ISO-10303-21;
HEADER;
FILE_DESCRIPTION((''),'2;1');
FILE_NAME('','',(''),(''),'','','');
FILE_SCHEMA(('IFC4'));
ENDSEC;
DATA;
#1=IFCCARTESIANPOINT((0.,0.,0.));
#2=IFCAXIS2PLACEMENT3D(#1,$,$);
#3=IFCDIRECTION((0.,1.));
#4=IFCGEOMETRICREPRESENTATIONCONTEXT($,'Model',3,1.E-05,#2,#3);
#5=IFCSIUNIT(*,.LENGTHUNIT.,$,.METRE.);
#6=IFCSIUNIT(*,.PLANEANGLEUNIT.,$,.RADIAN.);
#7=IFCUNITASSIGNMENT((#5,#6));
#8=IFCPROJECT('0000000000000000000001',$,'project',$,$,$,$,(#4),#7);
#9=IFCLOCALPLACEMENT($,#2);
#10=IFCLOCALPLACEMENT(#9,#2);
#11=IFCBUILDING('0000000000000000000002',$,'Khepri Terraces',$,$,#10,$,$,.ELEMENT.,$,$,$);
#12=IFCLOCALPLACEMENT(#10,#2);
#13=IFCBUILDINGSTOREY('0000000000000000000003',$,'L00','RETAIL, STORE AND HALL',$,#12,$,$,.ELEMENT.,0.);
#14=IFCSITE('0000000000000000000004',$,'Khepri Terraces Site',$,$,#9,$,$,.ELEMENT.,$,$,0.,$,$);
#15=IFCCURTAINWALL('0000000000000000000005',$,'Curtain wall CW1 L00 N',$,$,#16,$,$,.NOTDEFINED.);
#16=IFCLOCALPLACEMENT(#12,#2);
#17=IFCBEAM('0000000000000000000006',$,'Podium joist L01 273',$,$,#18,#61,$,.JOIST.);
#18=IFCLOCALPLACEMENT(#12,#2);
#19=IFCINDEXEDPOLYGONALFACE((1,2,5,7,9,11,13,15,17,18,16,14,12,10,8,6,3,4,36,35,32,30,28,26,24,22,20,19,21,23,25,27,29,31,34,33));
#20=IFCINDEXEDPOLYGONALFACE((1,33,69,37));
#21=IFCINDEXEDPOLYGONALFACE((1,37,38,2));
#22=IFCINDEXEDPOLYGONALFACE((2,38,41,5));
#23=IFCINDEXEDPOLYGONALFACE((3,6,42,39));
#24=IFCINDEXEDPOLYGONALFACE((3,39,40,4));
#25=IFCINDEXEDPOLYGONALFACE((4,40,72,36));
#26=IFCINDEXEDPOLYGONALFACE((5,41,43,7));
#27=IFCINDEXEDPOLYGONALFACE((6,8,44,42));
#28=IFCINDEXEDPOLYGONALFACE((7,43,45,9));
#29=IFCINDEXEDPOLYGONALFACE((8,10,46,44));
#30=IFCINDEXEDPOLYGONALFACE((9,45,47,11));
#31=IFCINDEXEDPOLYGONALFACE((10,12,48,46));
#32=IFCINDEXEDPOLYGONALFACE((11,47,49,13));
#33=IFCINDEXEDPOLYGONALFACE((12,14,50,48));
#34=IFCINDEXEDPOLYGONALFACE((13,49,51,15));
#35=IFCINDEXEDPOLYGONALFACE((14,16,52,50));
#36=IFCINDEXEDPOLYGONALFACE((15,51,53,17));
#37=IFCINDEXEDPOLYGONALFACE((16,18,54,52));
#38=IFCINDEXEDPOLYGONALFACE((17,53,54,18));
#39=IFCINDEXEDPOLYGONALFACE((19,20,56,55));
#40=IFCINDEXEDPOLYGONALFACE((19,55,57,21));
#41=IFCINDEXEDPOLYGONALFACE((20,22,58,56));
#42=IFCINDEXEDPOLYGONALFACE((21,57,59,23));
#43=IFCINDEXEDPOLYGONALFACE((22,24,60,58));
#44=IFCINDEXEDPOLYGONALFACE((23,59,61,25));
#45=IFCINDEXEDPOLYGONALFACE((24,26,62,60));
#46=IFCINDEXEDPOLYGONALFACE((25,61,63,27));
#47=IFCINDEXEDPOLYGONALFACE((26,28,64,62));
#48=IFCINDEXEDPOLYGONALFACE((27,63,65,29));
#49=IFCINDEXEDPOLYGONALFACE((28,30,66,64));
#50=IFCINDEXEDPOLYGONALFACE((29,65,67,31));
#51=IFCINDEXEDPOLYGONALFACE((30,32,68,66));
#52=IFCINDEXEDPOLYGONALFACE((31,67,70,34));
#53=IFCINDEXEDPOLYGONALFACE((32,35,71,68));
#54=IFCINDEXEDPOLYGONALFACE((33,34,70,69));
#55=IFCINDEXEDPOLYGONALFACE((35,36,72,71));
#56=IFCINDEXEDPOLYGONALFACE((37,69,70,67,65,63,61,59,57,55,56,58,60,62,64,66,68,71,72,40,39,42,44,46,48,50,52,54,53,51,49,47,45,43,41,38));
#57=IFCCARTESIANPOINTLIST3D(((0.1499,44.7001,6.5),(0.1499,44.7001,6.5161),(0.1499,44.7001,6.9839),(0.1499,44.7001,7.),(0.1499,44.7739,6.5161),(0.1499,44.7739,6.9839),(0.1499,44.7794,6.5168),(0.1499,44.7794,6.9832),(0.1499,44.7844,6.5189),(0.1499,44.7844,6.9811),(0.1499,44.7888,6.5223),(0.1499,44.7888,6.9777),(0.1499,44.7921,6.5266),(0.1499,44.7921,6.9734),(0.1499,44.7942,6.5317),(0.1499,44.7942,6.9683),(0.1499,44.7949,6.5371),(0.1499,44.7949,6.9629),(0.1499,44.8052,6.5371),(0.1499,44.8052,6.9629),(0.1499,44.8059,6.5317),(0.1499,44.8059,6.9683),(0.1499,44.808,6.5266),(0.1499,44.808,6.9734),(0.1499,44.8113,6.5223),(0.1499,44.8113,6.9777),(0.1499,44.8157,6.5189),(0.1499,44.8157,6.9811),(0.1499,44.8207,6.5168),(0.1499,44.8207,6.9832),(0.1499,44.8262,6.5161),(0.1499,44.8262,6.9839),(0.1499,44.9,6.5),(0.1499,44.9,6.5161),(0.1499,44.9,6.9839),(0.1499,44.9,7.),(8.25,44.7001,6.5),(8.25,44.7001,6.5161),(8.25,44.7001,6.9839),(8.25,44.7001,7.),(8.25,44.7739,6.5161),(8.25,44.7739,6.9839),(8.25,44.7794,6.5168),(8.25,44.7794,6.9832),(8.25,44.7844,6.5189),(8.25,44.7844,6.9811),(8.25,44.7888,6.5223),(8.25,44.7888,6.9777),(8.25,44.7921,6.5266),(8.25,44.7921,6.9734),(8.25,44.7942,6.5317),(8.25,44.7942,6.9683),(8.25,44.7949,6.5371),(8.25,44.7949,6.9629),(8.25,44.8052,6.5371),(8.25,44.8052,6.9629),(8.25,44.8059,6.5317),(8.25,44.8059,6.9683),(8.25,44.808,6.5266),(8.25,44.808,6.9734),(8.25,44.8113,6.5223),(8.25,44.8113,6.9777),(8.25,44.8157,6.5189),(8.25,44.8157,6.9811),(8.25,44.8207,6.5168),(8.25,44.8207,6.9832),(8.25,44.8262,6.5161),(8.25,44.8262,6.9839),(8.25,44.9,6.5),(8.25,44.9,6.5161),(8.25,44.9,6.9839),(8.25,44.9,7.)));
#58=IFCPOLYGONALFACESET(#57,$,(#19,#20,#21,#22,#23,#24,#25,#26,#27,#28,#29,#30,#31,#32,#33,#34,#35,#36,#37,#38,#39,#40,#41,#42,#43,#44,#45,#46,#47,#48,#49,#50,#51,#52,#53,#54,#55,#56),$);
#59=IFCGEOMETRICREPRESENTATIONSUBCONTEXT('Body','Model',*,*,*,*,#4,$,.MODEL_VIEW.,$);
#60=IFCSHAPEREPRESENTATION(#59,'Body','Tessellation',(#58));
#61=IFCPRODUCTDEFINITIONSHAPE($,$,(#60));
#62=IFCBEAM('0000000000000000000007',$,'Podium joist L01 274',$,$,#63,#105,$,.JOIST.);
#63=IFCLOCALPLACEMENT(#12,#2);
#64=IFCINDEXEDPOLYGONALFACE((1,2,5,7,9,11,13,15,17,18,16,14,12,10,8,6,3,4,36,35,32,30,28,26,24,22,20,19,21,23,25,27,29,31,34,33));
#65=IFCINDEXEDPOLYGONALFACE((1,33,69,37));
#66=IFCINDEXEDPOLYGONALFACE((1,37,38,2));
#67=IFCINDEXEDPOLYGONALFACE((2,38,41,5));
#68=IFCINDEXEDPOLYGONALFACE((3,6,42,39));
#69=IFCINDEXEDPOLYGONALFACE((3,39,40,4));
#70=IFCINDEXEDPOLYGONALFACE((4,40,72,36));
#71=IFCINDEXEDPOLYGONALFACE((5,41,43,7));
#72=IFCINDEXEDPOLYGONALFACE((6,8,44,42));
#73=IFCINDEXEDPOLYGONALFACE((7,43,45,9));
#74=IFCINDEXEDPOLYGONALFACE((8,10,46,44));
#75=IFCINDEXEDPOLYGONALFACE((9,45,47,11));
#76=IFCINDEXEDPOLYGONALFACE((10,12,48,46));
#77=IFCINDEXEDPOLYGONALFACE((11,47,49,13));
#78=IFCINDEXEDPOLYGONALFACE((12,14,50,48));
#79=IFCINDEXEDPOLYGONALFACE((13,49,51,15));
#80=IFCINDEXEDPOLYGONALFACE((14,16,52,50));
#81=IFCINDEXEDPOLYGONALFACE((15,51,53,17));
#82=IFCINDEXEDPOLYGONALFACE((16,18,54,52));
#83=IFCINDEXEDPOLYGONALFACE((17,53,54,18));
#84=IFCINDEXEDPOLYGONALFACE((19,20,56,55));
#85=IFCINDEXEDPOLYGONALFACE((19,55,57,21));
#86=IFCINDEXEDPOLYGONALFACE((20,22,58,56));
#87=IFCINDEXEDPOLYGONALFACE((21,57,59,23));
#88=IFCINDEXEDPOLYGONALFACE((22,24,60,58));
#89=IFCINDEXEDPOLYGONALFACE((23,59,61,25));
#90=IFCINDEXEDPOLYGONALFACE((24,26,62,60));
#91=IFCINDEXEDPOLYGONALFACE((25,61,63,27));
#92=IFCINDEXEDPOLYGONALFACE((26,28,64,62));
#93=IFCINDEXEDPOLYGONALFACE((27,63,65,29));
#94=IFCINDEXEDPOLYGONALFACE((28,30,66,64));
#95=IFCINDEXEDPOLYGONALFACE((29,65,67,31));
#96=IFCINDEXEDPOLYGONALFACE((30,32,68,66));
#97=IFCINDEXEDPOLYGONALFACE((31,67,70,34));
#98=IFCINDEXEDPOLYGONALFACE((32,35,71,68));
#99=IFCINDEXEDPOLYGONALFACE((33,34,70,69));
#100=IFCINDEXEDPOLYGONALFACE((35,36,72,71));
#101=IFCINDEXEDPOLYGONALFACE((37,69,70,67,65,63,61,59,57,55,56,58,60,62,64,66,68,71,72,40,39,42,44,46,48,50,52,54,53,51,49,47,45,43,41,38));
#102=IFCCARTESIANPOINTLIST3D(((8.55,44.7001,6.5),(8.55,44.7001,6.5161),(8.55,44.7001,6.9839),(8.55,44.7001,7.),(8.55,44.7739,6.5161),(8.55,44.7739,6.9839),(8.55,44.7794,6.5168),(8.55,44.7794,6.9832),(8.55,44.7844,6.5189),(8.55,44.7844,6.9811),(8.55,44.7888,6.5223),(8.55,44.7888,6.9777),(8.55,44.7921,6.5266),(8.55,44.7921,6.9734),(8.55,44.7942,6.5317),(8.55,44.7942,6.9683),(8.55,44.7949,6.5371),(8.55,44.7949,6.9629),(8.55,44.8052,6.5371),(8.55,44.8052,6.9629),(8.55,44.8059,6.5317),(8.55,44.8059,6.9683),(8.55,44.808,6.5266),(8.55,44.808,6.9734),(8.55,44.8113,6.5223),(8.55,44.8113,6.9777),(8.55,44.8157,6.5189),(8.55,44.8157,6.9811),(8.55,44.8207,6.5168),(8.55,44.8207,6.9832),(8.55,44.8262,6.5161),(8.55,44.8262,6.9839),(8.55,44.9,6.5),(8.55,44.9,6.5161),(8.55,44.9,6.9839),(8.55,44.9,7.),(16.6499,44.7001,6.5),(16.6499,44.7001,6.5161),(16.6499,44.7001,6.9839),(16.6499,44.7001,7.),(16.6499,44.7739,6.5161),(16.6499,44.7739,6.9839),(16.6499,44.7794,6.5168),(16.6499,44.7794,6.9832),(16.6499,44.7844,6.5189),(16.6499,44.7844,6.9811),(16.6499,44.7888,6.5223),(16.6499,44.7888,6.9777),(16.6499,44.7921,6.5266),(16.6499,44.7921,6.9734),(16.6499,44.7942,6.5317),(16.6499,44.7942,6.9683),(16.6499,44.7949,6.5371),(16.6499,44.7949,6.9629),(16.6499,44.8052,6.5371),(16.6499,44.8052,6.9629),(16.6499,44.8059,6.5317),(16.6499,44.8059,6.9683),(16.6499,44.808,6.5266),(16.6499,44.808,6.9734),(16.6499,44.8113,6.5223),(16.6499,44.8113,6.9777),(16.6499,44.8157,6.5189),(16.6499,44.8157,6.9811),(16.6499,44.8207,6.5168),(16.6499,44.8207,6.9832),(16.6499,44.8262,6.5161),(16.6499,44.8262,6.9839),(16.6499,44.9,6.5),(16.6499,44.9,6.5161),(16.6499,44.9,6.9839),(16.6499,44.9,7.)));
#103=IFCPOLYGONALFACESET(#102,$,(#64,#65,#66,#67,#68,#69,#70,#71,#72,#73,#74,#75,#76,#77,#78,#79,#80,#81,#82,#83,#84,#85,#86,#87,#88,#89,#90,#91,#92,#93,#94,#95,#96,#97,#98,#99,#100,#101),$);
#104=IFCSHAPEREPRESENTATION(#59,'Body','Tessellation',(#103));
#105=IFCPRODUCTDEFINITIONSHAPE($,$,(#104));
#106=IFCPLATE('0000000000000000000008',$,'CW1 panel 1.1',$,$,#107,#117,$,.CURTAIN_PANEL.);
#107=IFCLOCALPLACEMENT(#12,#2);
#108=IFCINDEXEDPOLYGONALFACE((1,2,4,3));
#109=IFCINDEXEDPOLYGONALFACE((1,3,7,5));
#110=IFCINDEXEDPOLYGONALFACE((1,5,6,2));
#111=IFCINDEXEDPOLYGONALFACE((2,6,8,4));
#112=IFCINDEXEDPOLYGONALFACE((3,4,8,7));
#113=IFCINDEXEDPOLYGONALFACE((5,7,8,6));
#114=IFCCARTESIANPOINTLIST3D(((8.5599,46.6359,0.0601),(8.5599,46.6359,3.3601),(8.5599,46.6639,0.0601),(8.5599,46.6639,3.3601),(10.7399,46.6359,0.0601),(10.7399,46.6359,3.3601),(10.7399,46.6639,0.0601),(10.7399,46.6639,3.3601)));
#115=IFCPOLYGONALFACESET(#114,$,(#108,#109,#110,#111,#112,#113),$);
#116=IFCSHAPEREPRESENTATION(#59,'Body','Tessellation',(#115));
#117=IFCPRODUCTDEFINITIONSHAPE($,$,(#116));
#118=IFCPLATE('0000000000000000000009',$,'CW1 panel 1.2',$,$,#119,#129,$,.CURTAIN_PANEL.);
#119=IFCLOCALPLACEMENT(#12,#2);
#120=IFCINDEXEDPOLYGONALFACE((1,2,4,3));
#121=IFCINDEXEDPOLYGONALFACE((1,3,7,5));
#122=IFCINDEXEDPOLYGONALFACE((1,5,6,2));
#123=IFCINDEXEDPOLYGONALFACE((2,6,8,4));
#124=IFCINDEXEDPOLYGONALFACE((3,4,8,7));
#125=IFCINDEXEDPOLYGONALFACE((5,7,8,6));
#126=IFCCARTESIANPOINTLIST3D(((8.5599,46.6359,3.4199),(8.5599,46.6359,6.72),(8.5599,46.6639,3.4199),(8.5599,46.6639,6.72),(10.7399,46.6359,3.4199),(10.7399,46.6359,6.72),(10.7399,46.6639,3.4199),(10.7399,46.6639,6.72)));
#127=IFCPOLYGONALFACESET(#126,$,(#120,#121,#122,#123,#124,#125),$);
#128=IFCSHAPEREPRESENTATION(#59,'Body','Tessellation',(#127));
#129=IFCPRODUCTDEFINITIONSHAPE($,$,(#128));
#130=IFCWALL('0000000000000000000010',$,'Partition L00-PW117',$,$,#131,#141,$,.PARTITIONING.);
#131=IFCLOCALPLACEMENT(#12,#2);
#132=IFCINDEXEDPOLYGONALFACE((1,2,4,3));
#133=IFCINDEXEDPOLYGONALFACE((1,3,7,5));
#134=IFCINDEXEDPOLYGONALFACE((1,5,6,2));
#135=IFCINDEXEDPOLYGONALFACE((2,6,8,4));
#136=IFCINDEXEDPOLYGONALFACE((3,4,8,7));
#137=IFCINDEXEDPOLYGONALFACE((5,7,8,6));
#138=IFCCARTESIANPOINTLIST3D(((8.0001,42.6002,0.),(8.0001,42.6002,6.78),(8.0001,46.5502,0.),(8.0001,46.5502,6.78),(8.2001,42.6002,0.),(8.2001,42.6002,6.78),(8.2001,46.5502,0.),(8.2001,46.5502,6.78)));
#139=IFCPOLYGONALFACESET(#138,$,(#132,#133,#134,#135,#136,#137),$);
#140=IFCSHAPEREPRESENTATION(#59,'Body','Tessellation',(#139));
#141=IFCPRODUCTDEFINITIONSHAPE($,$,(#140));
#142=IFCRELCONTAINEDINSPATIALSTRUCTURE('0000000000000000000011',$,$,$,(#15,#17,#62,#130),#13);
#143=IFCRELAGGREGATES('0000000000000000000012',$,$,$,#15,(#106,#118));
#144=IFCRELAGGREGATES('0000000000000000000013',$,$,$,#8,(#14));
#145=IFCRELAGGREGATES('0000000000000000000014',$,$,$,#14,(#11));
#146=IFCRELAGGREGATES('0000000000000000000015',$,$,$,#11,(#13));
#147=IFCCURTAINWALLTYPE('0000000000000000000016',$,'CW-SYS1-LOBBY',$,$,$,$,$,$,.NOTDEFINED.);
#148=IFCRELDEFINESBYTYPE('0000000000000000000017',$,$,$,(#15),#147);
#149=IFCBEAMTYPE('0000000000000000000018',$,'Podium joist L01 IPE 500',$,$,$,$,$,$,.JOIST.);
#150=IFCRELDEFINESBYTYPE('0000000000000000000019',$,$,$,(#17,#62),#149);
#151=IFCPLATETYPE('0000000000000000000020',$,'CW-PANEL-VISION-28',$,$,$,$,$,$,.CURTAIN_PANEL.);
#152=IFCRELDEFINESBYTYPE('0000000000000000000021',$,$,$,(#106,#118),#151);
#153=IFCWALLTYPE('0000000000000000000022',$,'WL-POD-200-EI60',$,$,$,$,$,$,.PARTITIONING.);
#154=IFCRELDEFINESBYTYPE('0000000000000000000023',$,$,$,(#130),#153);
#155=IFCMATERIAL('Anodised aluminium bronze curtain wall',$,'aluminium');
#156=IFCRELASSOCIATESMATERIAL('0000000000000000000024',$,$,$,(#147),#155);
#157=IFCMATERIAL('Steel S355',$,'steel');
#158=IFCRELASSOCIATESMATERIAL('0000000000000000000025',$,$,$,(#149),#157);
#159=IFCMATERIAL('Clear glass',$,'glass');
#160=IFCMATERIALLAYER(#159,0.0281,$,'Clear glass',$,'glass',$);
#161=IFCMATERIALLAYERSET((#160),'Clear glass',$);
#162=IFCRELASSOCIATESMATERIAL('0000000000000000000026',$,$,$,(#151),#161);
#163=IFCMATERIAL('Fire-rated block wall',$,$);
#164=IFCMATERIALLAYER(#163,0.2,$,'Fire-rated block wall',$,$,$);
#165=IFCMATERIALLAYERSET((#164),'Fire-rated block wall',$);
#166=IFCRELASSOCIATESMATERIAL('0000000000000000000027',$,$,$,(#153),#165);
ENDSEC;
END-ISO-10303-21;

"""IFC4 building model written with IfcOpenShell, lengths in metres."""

from ifc_helpers import new_model, si_unit, direction, frame, frame_2d, origin, origin_2d, place, context, subcontext, project, spatial, rectangle, i_section, extrude, material, layer, layer_set, material_profile, profile_set, type_object, element, aggregate, save


model = new_model("IFC4")

# Units and contexts
model_context = context("Model", 3, precision=1e-05, world=origin(), true_north=direction((0.0, 1.0)))
body_context = subcontext(model_context, "Body", "Model", "MODEL_VIEW")
ifc_project = project(units=[si_unit("LENGTHUNIT", "METRE"), si_unit("PLANEANGLEUNIT", "RADIAN")], contexts=[model_context])

# Site, building, storey
site_placement = place(None, origin())
site = spatial("IfcSite", under=ifc_project, at=site_placement, Name="Khepri Terraces Site", CompositionType="ELEMENT", RefElevation=0.0)
building_placement = place(site_placement, origin())
building = spatial("IfcBuilding", under=site, at=building_placement, Name="Khepri Terraces", CompositionType="ELEMENT")
storey_placement = place(building_placement, origin())
storey = spatial("IfcBuildingStorey", under=building, at=storey_placement, Name="L00", Description="RETAIL, STORE AND HALL", CompositionType="ELEMENT", Elevation=0.0)

# Shared definitions
ifc_material_1 = material(Name="Anodised aluminium bronze curtain wall", Category="aluminium")
curtain_wall_type = type_object("IfcCurtainWallType", Name="CW-SYS1-LOBBY", PredefinedType="NOTDEFINED", material=ifc_material_1)

# Curtain wall
curtain_wall_1_placement = place(storey_placement, origin())
curtain_wall_1 = element("IfcCurtainWall", 1, at=curtain_wall_1_placement, inside=storey, type_object=curtain_wall_type, Name="Curtain wall CW1 L00 N", PredefinedType="NOTDEFINED")

# Beams
ifc_material_2 = material(Name="Steel S355", Category="steel")
ifc_material_profile_1 = material_profile(ifc_material_2, i_section(OverallWidth=0.2, OverallDepth=0.5, WebThickness=0.0103, FlangeThickness=0.0161, FilletRadius=0.021, at=origin_2d()), Name="Steel S355", Category="steel")
ifc_profile_set_1 = profile_set([ifc_material_profile_1], Name="Steel S355")
beam_type_1 = type_object("IfcBeamType", Name="Podium joist L01 IPE 500", PredefinedType="JOIST", material=ifc_profile_set_1)
beam_1_placement = place(storey_placement, frame((0.1499, 44.8, 6.75), z_axis=(1.0, 0.0, 0.0), x_axis=(0.0, 1.0, 0.0)))
element("IfcBeam", 2, at=beam_1_placement, inside=storey, type_object=beam_type_1, Name="Podium joist L01 273", PredefinedType="JOIST", context=body_context, shape_type="SweptSolid", body=[
    extrude(i_section(OverallWidth=0.2, OverallDepth=0.5, WebThickness=0.0103, FlangeThickness=0.0161, FilletRadius=0.021, at=origin_2d()), origin(), (0.0, 0.0, 1.0), 8.1001),
])
beam_2_placement = place(storey_placement, frame((8.55, 44.8, 6.75), z_axis=(1.0, 0.0, 0.0), x_axis=(0.0, 1.0, 0.0)))
element("IfcBeam", 3, at=beam_2_placement, inside=storey, type_object=beam_type_1, Name="Podium joist L01 274", PredefinedType="JOIST", context=body_context, shape_type="SweptSolid", body=[
    extrude(i_section(OverallWidth=0.2, OverallDepth=0.5, WebThickness=0.0103, FlangeThickness=0.0161, FilletRadius=0.021, at=origin_2d()), origin(), (0.0, 0.0, 1.0), 8.0999),
])

# Plates
ifc_material_3 = material(Name="Clear glass", Category="glass")
ifc_layer_1 = layer(ifc_material_3, 0.0281, Name="Clear glass", Category="glass")
ifc_layer_set_1 = layer_set([ifc_layer_1], Name="Clear glass")
plate_type = type_object("IfcPlateType", Name="CW-PANEL-VISION-28", PredefinedType="CURTAIN_PANEL", material=ifc_layer_set_1)
plate_1_placement = place(storey_placement, frame((9.6499, 46.6499, 0.0601), z_axis=(0.0, 0.0, 1.0), x_axis=(-1.0, 0.0, 0.0)))
plate_1 = element("IfcPlate", 4, at=plate_1_placement, type_object=plate_type, Name="CW1 panel 1.1", PredefinedType="CURTAIN_PANEL", context=body_context, shape_type="SweptSolid", body=[
    extrude(rectangle(XDim=2.1799, YDim=0.0281, at=origin_2d()), origin(), (0.0, 0.0, 1.0), 3.3),
])
plate_2_placement = place(storey_placement, frame((9.6499, 46.6499, 3.4199), z_axis=(0.0, 0.0, 1.0), x_axis=(-1.0, 0.0, 0.0)))
plate_2 = element("IfcPlate", 5, at=plate_2_placement, type_object=plate_type, Name="CW1 panel 1.2", PredefinedType="CURTAIN_PANEL", context=body_context, shape_type="SweptSolid", body=[
    extrude(rectangle(XDim=2.1799, YDim=0.0281, at=origin_2d()), origin(), (0.0, 0.0, 1.0), 3.3),
])
aggregate(curtain_wall_1, [plate_1, plate_2])

# Wall
ifc_material_4 = material(Name="Fire-rated block wall")
ifc_layer_2 = layer(ifc_material_4, 0.2, Name="Fire-rated block wall")
ifc_layer_set_2 = layer_set([ifc_layer_2], Name="Fire-rated block wall")
wall_type_1 = type_object("IfcWallType", Name="WL-POD-200-EI60", PredefinedType="PARTITIONING", material=ifc_layer_set_2)
wall_1_placement = place(storey_placement, frame((8.1001, 42.6001, 0.0), z_axis=(0.0, 0.0, 1.0), x_axis=(0.0, 1.0, 0.0)))
element("IfcWall", 6, at=wall_1_placement, inside=storey, type_object=wall_type_1, Name="Partition L00-PW117", PredefinedType="PARTITIONING", context=body_context, shape_type="SweptSolid", body=[
    extrude(rectangle(XDim=3.95, YDim=0.2, at=frame_2d((1.9751, 0.0))), origin(), (0.0, 0.0, 1.0), 6.78),
])

save(model, "model.ifc")
